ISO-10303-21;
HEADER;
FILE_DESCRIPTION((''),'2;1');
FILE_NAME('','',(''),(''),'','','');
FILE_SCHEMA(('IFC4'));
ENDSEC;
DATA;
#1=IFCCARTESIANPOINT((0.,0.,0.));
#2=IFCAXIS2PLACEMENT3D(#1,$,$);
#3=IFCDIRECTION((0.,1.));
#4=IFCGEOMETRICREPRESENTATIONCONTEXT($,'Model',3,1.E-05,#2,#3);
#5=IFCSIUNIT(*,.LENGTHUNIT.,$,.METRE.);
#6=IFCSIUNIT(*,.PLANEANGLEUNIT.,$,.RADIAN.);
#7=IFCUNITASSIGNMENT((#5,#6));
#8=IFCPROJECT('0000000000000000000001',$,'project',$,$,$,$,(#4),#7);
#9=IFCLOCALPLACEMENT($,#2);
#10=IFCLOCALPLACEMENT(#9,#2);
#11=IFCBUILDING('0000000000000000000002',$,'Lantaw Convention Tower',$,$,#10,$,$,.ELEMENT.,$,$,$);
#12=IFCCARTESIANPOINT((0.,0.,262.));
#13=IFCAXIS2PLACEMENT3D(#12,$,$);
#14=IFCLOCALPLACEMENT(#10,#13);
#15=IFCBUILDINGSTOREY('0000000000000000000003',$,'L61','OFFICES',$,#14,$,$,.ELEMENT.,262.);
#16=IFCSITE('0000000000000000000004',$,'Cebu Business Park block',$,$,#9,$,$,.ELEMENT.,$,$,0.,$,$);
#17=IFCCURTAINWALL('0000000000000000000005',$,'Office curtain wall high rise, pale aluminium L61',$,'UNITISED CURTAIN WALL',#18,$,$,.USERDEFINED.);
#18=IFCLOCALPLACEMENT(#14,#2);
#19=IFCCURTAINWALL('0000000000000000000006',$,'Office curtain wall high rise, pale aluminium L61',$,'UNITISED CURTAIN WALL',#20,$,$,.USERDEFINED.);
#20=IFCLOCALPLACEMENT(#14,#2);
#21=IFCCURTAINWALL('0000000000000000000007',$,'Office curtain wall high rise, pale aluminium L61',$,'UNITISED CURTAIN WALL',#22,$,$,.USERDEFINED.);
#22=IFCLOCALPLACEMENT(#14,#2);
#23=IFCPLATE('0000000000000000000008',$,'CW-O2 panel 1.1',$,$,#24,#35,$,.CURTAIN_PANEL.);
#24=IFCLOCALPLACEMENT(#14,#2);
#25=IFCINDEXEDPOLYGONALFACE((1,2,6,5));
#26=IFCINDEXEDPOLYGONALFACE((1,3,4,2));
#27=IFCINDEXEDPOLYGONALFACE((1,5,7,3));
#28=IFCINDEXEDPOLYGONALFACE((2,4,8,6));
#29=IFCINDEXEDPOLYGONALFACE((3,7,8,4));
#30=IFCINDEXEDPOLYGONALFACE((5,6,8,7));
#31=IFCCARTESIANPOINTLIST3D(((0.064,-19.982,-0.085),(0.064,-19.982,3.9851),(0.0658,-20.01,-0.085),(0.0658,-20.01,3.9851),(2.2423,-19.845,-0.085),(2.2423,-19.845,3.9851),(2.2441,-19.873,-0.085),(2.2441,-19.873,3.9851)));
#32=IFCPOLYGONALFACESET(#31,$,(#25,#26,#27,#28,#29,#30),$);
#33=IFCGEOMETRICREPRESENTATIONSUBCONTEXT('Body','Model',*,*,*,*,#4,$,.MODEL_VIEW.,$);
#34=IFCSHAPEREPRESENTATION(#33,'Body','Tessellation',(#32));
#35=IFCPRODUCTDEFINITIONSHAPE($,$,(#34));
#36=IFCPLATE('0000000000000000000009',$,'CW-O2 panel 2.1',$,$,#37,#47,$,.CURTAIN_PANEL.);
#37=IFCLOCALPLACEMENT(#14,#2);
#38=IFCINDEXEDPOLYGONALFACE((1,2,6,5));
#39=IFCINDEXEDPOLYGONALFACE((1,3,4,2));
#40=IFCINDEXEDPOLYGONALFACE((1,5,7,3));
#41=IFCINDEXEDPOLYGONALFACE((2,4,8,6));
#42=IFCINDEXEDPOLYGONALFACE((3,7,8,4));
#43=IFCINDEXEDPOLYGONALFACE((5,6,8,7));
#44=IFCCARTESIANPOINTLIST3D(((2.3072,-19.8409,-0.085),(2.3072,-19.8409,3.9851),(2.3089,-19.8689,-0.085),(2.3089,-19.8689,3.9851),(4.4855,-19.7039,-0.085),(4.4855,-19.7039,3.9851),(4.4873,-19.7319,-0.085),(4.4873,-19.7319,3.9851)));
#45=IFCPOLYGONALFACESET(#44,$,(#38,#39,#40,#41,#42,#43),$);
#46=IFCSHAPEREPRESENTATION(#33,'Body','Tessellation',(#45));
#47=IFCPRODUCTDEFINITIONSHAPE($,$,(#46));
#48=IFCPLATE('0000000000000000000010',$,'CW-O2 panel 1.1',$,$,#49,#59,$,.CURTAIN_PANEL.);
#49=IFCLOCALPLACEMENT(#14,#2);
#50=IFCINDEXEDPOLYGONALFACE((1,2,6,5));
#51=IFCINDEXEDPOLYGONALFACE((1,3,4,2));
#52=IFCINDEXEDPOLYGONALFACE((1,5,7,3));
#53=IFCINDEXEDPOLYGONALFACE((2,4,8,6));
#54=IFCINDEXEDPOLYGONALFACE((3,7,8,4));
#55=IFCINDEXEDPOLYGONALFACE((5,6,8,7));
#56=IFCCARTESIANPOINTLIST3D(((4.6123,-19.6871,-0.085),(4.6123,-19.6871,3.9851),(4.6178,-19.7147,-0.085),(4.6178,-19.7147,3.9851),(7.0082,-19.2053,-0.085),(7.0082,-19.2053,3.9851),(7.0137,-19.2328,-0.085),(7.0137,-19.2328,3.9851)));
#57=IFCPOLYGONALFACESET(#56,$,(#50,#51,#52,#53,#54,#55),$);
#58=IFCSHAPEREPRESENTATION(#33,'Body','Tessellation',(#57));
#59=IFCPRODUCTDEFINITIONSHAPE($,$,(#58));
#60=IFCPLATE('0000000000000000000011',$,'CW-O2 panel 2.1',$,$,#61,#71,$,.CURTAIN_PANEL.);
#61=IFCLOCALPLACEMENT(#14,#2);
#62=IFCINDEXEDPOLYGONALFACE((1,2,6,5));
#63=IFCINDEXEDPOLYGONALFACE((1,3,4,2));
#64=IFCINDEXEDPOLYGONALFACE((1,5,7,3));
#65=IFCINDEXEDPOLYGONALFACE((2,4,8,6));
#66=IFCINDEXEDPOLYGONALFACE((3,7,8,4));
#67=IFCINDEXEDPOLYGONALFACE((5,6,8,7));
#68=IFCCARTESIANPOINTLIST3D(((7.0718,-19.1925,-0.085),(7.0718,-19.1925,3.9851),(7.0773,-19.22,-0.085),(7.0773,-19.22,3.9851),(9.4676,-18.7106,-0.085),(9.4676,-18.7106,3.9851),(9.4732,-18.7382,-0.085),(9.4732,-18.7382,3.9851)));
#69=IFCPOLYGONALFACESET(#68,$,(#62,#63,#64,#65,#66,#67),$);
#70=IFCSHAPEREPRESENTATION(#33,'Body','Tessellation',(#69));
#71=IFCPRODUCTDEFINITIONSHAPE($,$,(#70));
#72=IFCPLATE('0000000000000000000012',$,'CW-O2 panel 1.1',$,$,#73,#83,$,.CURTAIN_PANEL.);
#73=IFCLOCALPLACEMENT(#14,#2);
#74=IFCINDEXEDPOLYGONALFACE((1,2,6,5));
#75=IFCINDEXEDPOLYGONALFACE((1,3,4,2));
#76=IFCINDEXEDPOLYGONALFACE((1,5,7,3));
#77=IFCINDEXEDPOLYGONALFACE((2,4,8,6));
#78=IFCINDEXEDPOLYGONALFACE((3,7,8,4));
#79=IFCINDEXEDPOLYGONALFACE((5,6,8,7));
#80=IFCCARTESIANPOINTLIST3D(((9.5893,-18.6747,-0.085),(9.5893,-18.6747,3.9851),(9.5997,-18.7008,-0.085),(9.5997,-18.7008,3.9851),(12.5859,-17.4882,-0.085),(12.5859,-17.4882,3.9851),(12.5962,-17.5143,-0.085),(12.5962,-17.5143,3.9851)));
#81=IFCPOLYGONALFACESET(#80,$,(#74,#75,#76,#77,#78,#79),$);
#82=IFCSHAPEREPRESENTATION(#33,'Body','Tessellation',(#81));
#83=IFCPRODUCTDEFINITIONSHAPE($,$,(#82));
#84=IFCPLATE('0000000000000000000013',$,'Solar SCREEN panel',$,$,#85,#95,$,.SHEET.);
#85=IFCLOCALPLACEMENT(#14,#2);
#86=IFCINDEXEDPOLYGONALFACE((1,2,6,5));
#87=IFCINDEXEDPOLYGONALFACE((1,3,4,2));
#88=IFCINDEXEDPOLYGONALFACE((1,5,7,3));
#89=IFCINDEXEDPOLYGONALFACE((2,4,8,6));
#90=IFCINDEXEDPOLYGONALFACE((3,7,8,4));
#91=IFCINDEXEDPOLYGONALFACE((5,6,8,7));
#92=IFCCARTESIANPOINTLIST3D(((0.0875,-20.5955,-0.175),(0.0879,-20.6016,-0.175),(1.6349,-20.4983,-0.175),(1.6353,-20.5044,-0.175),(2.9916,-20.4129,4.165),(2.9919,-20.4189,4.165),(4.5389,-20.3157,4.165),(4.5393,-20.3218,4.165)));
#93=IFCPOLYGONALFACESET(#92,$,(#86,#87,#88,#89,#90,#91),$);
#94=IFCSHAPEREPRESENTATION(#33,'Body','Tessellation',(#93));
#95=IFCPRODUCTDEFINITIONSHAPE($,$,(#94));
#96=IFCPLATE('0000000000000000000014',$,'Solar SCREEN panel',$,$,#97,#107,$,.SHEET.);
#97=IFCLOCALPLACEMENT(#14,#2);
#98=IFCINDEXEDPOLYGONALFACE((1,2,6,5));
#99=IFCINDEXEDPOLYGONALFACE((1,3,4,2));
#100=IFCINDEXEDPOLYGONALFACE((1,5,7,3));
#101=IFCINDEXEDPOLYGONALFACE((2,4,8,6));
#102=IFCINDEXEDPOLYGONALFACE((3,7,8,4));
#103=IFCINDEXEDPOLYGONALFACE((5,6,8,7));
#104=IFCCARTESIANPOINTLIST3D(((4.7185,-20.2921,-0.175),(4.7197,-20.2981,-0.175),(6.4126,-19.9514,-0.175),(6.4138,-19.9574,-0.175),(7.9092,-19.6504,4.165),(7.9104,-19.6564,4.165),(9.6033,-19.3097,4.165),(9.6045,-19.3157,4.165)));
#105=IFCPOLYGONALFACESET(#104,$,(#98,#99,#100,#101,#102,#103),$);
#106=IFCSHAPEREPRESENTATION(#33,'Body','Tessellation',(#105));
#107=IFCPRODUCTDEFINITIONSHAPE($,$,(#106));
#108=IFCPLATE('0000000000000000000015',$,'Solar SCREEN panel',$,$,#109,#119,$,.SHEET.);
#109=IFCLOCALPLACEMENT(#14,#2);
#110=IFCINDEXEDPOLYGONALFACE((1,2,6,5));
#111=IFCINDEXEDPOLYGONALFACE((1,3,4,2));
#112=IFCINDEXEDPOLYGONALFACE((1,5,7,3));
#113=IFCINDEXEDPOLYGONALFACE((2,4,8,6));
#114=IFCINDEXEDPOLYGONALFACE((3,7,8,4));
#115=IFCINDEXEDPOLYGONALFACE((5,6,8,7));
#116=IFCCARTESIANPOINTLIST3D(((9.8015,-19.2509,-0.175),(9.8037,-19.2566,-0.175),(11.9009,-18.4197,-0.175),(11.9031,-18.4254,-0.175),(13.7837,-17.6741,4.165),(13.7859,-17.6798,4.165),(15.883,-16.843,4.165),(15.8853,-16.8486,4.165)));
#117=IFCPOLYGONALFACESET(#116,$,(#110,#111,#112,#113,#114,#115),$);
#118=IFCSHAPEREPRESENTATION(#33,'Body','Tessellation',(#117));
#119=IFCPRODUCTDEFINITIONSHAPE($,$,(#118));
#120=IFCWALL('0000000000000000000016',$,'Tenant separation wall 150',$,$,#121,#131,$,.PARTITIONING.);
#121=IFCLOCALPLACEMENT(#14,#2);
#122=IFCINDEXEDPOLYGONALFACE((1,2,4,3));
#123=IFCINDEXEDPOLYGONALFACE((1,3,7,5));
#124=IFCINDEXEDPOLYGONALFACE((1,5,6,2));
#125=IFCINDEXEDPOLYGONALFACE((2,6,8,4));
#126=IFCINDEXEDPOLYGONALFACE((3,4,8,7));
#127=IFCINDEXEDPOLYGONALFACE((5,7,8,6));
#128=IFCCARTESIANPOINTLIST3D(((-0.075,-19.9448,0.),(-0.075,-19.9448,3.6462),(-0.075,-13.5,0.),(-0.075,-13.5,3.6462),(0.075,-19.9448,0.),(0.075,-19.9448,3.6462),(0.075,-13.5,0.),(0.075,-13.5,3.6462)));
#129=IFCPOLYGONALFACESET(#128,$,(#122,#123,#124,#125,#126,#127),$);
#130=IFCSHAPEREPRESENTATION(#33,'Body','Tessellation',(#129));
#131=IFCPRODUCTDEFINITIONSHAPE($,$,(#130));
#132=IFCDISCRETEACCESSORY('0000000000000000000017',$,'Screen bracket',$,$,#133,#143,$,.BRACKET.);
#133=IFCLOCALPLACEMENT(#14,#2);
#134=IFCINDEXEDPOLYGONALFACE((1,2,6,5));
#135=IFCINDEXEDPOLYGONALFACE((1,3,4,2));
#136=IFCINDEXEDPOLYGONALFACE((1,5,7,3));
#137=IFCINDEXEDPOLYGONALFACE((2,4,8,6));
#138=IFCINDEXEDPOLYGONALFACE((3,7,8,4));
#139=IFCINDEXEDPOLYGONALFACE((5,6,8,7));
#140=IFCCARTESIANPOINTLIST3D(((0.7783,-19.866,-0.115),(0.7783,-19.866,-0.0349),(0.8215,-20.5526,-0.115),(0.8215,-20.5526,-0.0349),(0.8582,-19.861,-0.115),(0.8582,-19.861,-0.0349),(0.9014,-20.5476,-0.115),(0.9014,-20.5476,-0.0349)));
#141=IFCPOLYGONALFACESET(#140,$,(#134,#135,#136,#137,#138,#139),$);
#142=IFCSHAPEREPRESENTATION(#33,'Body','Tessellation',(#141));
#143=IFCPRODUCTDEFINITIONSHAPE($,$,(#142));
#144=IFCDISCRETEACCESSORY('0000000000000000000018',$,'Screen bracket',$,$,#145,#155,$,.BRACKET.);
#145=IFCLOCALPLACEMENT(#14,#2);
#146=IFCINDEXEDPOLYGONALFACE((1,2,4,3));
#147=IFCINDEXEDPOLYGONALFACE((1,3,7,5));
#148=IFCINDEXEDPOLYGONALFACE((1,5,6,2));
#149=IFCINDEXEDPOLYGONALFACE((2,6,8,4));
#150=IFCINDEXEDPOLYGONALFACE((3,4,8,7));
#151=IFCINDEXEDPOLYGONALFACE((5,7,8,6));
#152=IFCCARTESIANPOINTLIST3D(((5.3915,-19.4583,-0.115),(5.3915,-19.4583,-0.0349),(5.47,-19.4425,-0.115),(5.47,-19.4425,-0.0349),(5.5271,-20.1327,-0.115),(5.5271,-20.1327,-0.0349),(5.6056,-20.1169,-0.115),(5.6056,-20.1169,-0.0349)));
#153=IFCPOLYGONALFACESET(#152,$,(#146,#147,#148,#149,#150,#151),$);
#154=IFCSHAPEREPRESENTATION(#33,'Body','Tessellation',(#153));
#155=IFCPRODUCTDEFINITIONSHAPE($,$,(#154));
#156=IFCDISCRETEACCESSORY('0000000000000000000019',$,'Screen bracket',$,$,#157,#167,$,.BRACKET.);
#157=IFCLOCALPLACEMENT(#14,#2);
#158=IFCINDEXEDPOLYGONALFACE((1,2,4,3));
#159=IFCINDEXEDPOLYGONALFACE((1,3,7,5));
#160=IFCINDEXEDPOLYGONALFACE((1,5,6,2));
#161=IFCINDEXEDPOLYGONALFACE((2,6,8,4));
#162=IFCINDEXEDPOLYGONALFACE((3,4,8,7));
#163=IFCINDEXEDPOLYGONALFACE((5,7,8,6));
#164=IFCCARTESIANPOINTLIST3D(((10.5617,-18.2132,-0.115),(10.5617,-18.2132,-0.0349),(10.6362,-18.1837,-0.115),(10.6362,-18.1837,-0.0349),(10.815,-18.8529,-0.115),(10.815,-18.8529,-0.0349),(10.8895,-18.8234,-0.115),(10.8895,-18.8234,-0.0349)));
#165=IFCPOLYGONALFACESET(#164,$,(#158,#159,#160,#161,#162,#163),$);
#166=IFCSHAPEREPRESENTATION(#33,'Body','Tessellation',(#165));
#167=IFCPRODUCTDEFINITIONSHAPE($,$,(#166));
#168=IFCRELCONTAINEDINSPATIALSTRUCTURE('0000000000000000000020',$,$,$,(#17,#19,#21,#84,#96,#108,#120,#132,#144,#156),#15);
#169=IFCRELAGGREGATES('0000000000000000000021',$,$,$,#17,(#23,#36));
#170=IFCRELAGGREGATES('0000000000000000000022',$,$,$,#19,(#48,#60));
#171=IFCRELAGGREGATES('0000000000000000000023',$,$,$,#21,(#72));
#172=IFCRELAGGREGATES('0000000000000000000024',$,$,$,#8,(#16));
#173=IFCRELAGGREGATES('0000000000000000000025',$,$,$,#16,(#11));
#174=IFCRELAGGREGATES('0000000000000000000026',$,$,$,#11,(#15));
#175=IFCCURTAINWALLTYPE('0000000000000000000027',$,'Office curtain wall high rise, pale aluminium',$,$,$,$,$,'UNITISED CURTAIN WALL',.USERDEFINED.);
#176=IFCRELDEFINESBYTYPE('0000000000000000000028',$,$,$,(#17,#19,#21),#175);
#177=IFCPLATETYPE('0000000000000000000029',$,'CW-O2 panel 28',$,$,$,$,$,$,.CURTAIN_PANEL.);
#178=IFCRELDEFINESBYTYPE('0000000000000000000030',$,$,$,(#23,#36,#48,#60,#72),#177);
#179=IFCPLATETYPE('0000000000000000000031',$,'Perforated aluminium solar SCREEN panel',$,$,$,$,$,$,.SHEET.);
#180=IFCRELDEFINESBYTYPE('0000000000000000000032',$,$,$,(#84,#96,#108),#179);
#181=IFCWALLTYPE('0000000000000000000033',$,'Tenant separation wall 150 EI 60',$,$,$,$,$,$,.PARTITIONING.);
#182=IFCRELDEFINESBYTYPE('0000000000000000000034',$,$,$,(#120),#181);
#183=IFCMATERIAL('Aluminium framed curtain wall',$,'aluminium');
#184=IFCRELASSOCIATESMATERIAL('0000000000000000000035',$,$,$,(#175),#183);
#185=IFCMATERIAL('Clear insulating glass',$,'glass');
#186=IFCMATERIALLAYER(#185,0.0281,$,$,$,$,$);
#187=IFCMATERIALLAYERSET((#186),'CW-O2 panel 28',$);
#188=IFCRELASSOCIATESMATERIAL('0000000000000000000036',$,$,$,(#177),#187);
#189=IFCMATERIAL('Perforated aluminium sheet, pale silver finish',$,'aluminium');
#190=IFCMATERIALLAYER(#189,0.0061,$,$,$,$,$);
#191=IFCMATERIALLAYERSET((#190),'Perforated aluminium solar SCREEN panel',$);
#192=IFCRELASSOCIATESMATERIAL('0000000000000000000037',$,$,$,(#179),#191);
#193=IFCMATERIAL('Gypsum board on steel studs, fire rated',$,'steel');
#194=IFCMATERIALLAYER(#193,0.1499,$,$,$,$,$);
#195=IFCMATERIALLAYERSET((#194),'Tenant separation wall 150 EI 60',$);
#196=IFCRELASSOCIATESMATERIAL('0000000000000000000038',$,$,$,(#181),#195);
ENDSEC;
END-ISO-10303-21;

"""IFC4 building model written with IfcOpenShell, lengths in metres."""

from ifc_helpers import new_model, si_unit, direction, frame, frame_2d, origin, origin_2d, place, context, subcontext, project, spatial, polyline, rectangle, outline, extrude, material, layer, layer_set, type_object, element, aggregate, save


model = new_model("IFC4")

# Units and contexts
model_context = context("Model", 3, precision=1e-05, world=origin(), true_north=direction((0.0, 1.0)))
body_context = subcontext(model_context, "Body", "Model", "MODEL_VIEW")
ifc_project = project(units=[si_unit("LENGTHUNIT", "METRE"), si_unit("PLANEANGLEUNIT", "RADIAN")], contexts=[model_context])

# Site, building, storey
site_placement = place(None, origin())
site = spatial("IfcSite", under=ifc_project, at=site_placement, Name="Cebu Business Park block", CompositionType="ELEMENT", RefElevation=0.0)
building_placement = place(site_placement, origin())
building = spatial("IfcBuilding", under=site, at=building_placement, Name="Lantaw Convention Tower", CompositionType="ELEMENT")
storey_placement = place(building_placement, frame((0.0, 0.0, 262.0)))
storey = spatial("IfcBuildingStorey", under=building, at=storey_placement, Name="L61", Description="OFFICES", CompositionType="ELEMENT", Elevation=262.0)

# Curtain walls
ifc_material_1 = material(Name="Aluminium framed curtain wall", Category="aluminium")
curtain_wall_type = type_object("IfcCurtainWallType", Name="Office curtain wall high rise, pale aluminium", ElementType="UNITISED CURTAIN WALL", PredefinedType="USERDEFINED", material=ifc_material_1)
curtain_wall_1_placement = place(storey_placement, origin())
curtain_wall_1 = element("IfcCurtainWall", 1, at=curtain_wall_1_placement, inside=storey, type_object=curtain_wall_type, Name="Office curtain wall high rise, pale aluminium L61", ObjectType="UNITISED CURTAIN WALL", PredefinedType="USERDEFINED")
curtain_wall_2_placement = place(storey_placement, origin())
curtain_wall_2 = element("IfcCurtainWall", 2, at=curtain_wall_2_placement, inside=storey, type_object=curtain_wall_type, Name="Office curtain wall high rise, pale aluminium L61", ObjectType="UNITISED CURTAIN WALL", PredefinedType="USERDEFINED")

# Curtain wall
curtain_wall_3_placement = place(storey_placement, origin())
curtain_wall_3 = element("IfcCurtainWall", 3, at=curtain_wall_3_placement, inside=storey, type_object=curtain_wall_type, Name="Office curtain wall high rise, pale aluminium L61", ObjectType="UNITISED CURTAIN WALL", PredefinedType="USERDEFINED")

# Plates
ifc_material_2 = material(Name="Clear insulating glass", Category="glass")
ifc_layer_1 = layer(ifc_material_2, 0.0281)
ifc_layer_set_1 = layer_set([ifc_layer_1], Name="CW-O2 panel 28")
plate_type_1 = type_object("IfcPlateType", Name="CW-O2 panel 28", PredefinedType="CURTAIN_PANEL", material=ifc_layer_set_1)
plate_1_placement = place(storey_placement, frame((1.1541, -19.9275, -0.085), z_axis=(0.0, 0.0, 1.0), x_axis=(0.998029, 0.062758, 0.0)))
plate_1 = element("IfcPlate", 4, at=plate_1_placement, type_object=plate_type_1, Name="CW-O2 panel 1.1", PredefinedType="CURTAIN_PANEL", context=body_context, shape_type="SweptSolid", body=[
    extrude(rectangle(XDim=2.1826, YDim=0.0281, at=origin_2d()), origin(), (0.0, 0.0, 1.0), 4.0701),
])
plate_2_placement = place(storey_placement, frame((3.3972, -19.7864, -0.085), z_axis=(0.0, 0.0, 1.0), x_axis=(0.998029, 0.062758, 0.0)))
plate_2 = element("IfcPlate", 5, at=plate_2_placement, type_object=plate_type_1, Name="CW-O2 panel 2.1", PredefinedType="CURTAIN_PANEL", context=body_context, shape_type="SweptSolid", body=[
    extrude(rectangle(XDim=2.1826, YDim=0.0281, at=origin_2d()), origin(), (0.0, 0.0, 1.0), 4.0701),
])
aggregate(curtain_wall_1, [plate_1, plate_2])
plate_3_placement = place(storey_placement, frame((5.813, -19.46, -0.085), z_axis=(0.0, 0.0, 1.0), x_axis=(0.980367, 0.197183, 0.0)))
plate_3 = element("IfcPlate", 6, at=plate_3_placement, type_object=plate_type_1, Name="CW-O2 panel 1.1", PredefinedType="CURTAIN_PANEL", context=body_context, shape_type="SweptSolid", body=[
    extrude(rectangle(XDim=2.4438, YDim=0.0281, at=origin_2d()), origin(), (0.0, 0.0, 1.0), 4.0701),
])
plate_4_placement = place(storey_placement, frame((8.2725, -18.9653, -0.085), z_axis=(0.0, 0.0, 1.0), x_axis=(0.980367, 0.197183, 0.0)))
plate_4 = element("IfcPlate", 7, at=plate_4_placement, type_object=plate_type_1, Name="CW-O2 panel 2.1", PredefinedType="CURTAIN_PANEL", context=body_context, shape_type="SweptSolid", body=[
    extrude(rectangle(XDim=2.4438, YDim=0.0281, at=origin_2d()), origin(), (0.0, 0.0, 1.0), 4.0701),
])
aggregate(curtain_wall_2, [plate_3, plate_4])
plate_5_placement = place(storey_placement, frame((11.0928, -18.0945, -0.085), z_axis=(0.0, 0.0, 1.0), x_axis=(0.929762, 0.368162, 0.0)))
plate_5 = element("IfcPlate", 8, at=plate_5_placement, type_object=plate_type_1, Name="CW-O2 panel 1.1", PredefinedType="CURTAIN_PANEL", context=body_context, shape_type="SweptSolid", body=[
    extrude(rectangle(XDim=3.2229, YDim=0.0281, at=origin_2d()), origin(), (0.0, 0.0, 1.0), 4.0701),
])
aggregate(curtain_wall_3, [plate_5])

# Plates
ifc_material_3 = material(Name="Perforated aluminium sheet, pale silver finish", Category="aluminium")
ifc_layer_2 = layer(ifc_material_3, 0.0061)
ifc_layer_set_2 = layer_set([ifc_layer_2], Name="Perforated aluminium solar SCREEN panel")
plate_type_2 = type_object("IfcPlateType", Name="Perforated aluminium solar SCREEN panel", PredefinedType="SHEET", material=ifc_layer_set_2)
plate_6_placement = place(storey_placement, frame((0.0879, -20.6016, -0.175), z_axis=(0.062672, -0.998034, 0.000059), x_axis=(0.998034, 0.062672, 0.0)))
element("IfcPlate", 9, at=plate_6_placement, inside=storey, type_object=plate_type_2, Name="Solar SCREEN panel", PredefinedType="SHEET", context=body_context, shape_type="SweptSolid", body=[
    extrude(outline(polyline([(0.0, 0.0), (1.5504, 0.0), (4.4602, 4.3401), (2.9098, 4.3401), (0.0, 0.0)])), origin(), (0.0, 0.0, -1.0), 0.0061),
])
plate_7_placement = place(storey_placement, frame((4.7197, -20.2981, -0.175), z_axis=(0.197162, -0.980371, 0.000011), x_axis=(0.980371, 0.197162, 0.0)))
element("IfcPlate", 10, at=plate_7_placement, inside=storey, type_object=plate_type_2, Name="Solar SCREEN panel", PredefinedType="SHEET", context=body_context, shape_type="SweptSolid", body=[
    extrude(outline(polyline([(0.0, 0.0), (1.728, 0.0), (4.9826, 4.3401), (3.2546, 4.3401), (0.0, 0.0)])), origin(), (0.0, 0.0, -1.0), 0.0061),
])
plate_8_placement = place(storey_placement, frame((9.8037, -19.2566, -0.175), z_axis=(0.368117, -0.92978, 0.000036), x_axis=(0.92978, 0.368117, 0.0)))
element("IfcPlate", 11, at=plate_8_placement, inside=storey, type_object=plate_type_2, Name="Solar SCREEN panel", PredefinedType="SHEET", context=body_context, shape_type="SweptSolid", body=[
    extrude(outline(polyline([(0.0, 0.0), (2.258, 0.0), (6.5409, 4.3401), (4.283, 4.3401), (0.0, 0.0)])), origin(), (0.0, 0.0, -1.0), 0.0061),
])

# Wall
ifc_material_4 = material(Name="Gypsum board on steel studs, fire rated", Category="steel")
ifc_layer_3 = layer(ifc_material_4, 0.1499)
ifc_layer_set_3 = layer_set([ifc_layer_3], Name="Tenant separation wall 150 EI 60")
wall_type = type_object("IfcWallType", Name="Tenant separation wall 150 EI 60", PredefinedType="PARTITIONING", material=ifc_layer_set_3)
wall_placement = place(storey_placement, frame((0.0, -19.9448, 0.0), z_axis=(0.0, 0.0, 1.0), x_axis=(0.0, 1.0, 0.0)))
element("IfcWall", 12, at=wall_placement, inside=storey, type_object=wall_type, Name="Tenant separation wall 150", PredefinedType="PARTITIONING", context=body_context, shape_type="SweptSolid", body=[
    extrude(rectangle(XDim=6.4448, YDim=0.1499, at=frame_2d((3.2224, 0.0))), origin(), (0.0, 0.0, 1.0), 3.6462),
])

# Discrete accessories
for number, where, z_axis, x_axis, name in (
    (13, (0.8398, -20.2068, -0.115), (0.0, 0.0, 1.0), (0.998029, 0.062758, 0.0), "Screen bracket"),
    (14, (5.4985, -19.7876, -0.115), (0.0, 0.0, 1.0), (0.980367, 0.197183, 0.0), "Screen bracket"),
    (15, (10.7256, -18.5183, -0.115), (0.0, 0.0, 1.0), (0.929762, 0.368162, 0.0), "Screen bracket"),
):
    element("IfcDiscreteAccessory", number, at=place(storey_placement, frame(where, z_axis=z_axis, x_axis=x_axis)), inside=storey, Name=name, PredefinedType="BRACKET", context=body_context, shape_type="SweptSolid", body=[
        extrude(rectangle(XDim=0.0801, YDim=0.688, at=origin_2d()), origin(), (0.0, 0.0, 1.0), 0.0801),
    ])

save(model, "model.ifc")
